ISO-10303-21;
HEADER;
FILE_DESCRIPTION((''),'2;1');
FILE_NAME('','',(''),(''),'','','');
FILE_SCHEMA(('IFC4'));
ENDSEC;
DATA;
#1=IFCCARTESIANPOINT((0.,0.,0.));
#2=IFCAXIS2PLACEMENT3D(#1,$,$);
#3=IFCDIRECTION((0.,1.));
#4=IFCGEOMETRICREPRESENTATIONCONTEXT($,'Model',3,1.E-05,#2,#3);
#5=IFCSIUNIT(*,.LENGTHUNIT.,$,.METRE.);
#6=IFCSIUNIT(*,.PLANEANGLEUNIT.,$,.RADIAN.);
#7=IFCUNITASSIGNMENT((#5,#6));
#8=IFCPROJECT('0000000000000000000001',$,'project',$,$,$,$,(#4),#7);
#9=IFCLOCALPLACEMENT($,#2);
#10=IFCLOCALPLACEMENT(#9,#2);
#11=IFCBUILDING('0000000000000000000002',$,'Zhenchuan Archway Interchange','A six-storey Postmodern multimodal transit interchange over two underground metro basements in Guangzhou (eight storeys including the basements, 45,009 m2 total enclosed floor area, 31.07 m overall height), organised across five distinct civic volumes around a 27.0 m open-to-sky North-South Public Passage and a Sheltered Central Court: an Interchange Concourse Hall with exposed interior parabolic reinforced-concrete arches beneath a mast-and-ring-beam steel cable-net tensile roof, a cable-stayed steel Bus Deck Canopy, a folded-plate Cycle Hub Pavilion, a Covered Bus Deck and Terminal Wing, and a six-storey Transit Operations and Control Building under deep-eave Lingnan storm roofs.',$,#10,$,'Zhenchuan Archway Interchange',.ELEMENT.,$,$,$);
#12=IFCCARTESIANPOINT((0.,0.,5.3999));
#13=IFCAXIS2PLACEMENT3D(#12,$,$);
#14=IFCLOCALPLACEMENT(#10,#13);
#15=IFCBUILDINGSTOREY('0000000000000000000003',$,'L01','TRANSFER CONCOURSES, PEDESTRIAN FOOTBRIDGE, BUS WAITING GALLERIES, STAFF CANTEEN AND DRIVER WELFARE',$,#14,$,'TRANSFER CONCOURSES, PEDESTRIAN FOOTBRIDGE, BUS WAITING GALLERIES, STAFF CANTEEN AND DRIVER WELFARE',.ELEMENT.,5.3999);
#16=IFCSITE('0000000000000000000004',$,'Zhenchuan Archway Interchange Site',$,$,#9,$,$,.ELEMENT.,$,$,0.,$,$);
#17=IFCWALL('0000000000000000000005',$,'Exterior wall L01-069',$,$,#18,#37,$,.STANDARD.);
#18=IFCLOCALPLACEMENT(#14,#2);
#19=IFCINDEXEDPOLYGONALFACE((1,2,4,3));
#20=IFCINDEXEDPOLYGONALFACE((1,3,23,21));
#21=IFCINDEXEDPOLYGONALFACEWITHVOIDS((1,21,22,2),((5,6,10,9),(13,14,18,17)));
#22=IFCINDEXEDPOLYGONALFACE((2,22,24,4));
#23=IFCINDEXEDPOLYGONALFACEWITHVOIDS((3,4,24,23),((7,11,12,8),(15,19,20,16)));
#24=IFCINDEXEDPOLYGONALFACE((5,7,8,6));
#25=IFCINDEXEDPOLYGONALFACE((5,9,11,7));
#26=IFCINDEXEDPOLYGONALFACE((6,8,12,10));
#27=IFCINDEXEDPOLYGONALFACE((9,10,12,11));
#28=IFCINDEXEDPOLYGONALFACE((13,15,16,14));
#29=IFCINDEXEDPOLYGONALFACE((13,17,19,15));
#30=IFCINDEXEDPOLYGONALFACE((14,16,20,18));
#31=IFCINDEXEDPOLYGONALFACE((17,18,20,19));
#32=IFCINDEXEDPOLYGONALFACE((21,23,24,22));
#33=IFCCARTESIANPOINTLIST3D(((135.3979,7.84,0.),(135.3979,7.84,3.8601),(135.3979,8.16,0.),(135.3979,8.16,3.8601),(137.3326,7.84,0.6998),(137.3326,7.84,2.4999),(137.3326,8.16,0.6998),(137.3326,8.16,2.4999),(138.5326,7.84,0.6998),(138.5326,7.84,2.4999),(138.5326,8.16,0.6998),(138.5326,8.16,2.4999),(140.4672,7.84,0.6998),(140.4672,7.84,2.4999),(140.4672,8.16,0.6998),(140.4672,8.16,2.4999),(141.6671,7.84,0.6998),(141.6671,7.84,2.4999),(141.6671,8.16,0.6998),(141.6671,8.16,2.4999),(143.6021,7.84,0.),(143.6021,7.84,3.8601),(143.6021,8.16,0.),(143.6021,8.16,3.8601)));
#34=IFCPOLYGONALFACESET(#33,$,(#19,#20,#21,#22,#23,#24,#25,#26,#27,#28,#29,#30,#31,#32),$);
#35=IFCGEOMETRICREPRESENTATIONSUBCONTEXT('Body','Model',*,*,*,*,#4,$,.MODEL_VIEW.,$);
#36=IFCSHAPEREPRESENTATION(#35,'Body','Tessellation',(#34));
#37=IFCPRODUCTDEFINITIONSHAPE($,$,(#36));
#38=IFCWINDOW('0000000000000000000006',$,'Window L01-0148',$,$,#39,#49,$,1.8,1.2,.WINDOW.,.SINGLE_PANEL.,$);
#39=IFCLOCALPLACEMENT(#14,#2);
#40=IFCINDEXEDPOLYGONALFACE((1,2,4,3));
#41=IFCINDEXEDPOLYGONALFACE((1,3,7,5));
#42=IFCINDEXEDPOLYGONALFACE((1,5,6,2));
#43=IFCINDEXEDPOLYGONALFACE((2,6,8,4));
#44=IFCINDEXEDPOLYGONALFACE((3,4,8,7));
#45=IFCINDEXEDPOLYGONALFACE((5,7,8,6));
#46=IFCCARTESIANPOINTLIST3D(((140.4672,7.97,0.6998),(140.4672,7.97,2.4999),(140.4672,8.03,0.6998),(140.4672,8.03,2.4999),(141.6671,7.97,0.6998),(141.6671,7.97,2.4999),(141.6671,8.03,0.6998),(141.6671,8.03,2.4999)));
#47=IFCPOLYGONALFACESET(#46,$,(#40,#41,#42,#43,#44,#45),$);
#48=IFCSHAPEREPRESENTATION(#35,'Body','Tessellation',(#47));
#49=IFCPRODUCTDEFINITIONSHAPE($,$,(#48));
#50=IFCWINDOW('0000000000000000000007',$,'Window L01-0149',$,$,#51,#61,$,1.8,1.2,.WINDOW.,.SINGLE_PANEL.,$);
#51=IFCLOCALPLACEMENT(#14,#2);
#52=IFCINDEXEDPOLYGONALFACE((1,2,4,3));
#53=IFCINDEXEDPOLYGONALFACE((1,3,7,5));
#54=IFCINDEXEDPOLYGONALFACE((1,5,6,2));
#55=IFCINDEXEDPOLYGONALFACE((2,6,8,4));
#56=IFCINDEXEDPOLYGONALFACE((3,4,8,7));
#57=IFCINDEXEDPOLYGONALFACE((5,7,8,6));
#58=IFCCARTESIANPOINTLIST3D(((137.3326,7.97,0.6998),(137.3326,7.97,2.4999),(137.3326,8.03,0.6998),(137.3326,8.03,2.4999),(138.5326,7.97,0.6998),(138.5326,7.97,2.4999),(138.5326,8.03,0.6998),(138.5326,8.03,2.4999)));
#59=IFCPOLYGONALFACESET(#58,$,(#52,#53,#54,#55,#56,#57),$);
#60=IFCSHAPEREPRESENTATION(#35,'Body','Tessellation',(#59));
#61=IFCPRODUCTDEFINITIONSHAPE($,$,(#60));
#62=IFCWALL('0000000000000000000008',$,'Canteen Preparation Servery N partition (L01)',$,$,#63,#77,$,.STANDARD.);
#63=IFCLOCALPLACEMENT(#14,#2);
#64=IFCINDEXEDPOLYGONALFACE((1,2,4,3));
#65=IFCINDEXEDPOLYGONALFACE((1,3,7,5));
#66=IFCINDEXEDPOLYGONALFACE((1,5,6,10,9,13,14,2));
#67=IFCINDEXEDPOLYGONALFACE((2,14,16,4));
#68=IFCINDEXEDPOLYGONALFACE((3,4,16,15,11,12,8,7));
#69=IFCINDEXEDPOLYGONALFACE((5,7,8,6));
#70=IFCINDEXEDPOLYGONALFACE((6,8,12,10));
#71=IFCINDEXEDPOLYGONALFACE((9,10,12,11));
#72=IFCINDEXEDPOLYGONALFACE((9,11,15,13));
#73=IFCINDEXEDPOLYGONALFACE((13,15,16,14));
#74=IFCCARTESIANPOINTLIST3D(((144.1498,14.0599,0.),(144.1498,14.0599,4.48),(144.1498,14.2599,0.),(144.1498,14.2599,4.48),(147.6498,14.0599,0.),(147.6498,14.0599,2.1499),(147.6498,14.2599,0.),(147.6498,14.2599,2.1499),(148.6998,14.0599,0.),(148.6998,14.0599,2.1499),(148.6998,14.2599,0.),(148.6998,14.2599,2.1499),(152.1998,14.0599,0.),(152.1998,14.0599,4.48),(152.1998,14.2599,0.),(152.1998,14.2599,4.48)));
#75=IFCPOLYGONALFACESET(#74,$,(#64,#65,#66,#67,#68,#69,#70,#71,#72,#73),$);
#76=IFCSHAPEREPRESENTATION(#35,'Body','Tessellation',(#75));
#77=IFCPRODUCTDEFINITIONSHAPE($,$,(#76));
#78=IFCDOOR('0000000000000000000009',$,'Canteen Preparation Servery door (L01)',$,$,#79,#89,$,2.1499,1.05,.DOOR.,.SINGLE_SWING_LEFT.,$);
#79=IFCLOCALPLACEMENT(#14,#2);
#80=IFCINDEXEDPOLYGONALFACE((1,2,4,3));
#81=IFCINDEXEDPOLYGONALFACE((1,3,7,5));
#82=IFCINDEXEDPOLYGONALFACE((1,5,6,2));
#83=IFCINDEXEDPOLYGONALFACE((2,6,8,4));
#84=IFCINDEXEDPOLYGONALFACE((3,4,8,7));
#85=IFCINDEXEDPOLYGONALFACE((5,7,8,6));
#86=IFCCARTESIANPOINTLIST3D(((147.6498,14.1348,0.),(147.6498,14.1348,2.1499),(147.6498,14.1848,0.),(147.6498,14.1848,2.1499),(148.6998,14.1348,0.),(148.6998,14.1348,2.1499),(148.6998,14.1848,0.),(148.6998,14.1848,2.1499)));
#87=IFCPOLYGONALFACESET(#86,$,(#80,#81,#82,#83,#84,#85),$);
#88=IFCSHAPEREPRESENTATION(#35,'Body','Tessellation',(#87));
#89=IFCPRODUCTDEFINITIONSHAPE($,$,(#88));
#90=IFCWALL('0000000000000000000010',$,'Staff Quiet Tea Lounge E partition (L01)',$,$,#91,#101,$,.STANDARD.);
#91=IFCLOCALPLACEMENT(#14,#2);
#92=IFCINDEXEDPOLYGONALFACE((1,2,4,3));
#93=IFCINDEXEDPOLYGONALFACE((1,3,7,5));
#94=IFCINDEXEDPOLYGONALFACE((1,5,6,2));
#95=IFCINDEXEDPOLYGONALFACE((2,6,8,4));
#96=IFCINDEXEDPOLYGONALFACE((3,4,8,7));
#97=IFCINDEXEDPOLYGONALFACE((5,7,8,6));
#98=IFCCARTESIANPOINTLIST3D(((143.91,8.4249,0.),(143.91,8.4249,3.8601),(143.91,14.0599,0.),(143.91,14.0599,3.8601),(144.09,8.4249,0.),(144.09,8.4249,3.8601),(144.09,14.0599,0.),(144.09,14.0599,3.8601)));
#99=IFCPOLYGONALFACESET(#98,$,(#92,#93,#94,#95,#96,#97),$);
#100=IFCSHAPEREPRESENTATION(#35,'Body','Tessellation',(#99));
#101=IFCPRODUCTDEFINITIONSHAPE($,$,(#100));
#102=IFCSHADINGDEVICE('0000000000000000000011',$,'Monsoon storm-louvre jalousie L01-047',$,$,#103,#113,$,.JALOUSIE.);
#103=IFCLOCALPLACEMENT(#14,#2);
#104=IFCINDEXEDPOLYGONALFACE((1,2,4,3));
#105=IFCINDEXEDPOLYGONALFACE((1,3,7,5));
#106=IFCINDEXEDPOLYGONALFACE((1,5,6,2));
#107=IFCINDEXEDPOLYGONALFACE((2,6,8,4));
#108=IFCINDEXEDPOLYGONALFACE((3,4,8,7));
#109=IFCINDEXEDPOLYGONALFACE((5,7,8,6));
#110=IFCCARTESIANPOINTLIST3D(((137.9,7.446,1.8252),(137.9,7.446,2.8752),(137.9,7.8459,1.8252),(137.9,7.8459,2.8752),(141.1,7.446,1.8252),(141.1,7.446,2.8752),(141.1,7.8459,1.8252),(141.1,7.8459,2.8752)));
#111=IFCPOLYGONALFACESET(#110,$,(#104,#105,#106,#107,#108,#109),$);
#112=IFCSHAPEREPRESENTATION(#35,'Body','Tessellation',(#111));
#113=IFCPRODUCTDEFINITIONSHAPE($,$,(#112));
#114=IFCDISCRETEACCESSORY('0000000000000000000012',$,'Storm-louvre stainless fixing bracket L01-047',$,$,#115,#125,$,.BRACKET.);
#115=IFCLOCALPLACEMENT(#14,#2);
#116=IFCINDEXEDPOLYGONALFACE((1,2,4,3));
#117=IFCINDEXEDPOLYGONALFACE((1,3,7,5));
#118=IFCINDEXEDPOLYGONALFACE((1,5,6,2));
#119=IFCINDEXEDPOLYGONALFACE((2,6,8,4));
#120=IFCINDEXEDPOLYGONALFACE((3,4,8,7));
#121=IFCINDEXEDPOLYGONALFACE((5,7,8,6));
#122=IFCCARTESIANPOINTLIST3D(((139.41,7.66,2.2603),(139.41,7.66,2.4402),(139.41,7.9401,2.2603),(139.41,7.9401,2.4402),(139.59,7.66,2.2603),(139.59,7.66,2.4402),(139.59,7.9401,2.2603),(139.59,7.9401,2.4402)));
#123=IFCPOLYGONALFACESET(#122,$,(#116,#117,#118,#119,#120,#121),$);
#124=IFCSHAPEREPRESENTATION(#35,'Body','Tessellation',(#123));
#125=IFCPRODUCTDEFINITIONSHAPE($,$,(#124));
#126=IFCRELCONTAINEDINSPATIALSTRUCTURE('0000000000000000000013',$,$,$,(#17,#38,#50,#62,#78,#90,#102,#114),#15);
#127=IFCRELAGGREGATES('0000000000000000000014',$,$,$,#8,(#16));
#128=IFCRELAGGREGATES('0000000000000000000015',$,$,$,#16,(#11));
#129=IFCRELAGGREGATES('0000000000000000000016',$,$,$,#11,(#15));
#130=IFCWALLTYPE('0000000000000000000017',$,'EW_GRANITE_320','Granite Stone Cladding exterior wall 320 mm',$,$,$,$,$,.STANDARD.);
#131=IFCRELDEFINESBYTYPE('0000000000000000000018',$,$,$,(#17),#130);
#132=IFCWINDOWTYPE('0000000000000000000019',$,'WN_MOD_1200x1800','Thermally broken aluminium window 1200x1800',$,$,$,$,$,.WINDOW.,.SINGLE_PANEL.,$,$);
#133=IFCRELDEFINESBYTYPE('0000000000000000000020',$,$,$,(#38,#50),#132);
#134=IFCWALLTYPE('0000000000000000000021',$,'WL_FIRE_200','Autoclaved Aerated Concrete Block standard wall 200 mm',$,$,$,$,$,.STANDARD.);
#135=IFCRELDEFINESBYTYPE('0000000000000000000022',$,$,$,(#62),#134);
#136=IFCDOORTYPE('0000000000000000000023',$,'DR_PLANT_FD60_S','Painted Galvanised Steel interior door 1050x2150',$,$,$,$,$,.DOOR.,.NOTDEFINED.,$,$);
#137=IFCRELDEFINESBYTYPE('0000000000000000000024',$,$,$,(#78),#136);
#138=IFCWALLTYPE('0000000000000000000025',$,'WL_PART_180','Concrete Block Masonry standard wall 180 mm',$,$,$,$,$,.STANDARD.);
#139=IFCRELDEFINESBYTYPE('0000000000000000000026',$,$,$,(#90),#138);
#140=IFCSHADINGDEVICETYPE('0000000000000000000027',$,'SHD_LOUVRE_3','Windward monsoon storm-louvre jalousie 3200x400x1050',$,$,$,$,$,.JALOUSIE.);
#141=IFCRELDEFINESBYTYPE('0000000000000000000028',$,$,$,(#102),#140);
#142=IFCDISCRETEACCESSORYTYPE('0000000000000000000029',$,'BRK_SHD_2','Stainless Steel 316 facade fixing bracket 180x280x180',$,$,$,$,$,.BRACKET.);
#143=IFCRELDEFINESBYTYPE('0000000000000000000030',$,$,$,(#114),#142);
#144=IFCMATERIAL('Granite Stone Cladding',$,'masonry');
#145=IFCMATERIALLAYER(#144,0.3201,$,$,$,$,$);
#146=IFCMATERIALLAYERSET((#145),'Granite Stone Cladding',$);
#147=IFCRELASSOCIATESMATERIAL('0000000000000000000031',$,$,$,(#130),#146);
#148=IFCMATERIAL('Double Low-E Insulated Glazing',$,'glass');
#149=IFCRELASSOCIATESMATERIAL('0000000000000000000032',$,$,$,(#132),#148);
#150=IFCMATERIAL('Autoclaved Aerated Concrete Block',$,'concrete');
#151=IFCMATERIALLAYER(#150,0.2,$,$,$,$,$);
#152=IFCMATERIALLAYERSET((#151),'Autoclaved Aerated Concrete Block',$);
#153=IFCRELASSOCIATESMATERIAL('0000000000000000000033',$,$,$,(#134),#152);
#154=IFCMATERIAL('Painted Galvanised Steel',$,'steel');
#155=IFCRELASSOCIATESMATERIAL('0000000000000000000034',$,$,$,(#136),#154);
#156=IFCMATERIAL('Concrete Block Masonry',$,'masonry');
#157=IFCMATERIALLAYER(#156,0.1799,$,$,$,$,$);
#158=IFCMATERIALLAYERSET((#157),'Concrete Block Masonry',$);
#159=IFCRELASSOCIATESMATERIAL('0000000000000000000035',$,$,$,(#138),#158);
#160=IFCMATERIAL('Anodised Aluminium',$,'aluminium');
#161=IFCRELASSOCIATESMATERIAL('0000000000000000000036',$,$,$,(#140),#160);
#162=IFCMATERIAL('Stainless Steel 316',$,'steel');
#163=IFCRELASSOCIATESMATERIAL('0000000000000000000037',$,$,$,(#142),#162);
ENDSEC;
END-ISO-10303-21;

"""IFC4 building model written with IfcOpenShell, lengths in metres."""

from ifc_helpers import new_model, si_unit, direction, frame, frame_2d, origin, origin_2d, place, context, subcontext, project, spatial, rectangle, extrude, material, layer, layer_set, type_object, element, fill, save


model = new_model("IFC4")

# Units and contexts
model_context = context("Model", 3, precision=1e-05, world=origin(), true_north=direction((0.0, 1.0)))
body_context = subcontext(model_context, "Body", "Model", "MODEL_VIEW")
ifc_project = project(units=[si_unit("LENGTHUNIT", "METRE"), si_unit("PLANEANGLEUNIT", "RADIAN")], contexts=[model_context])

# Site, building, storey
site_placement = place(None, origin())
site = spatial("IfcSite", under=ifc_project, at=site_placement, Name="Zhenchuan Archway Interchange Site", CompositionType="ELEMENT", RefElevation=0.0)
building_placement = place(site_placement, origin())
building = spatial("IfcBuilding", under=site, at=building_placement, Name="Zhenchuan Archway Interchange", Description="A six-storey Postmodern multimodal transit interchange over two underground metro basements in Guangzhou (eight storeys including the basements, 45,009 m2 total enclosed floor area, 31.07 m overall height), organised across five distinct civic volumes around a 27.0 m open-to-sky North-South Public Passage and a Sheltered Central Court: an Interchange Concourse Hall with exposed interior parabolic reinforced-concrete arches beneath a mast-and-ring-beam steel cable-net tensile roof, a cable-stayed steel Bus Deck Canopy, a folded-plate Cycle Hub Pavilion, a Covered Bus Deck and Terminal Wing, and a six-storey Transit Operations and Control Building under deep-eave Lingnan storm roofs.", LongName="Zhenchuan Archway Interchange", CompositionType="ELEMENT")
storey_placement = place(building_placement, frame((0.0, 0.0, 5.3999)))
storey = spatial("IfcBuildingStorey", under=building, at=storey_placement, Name="L01", Description="TRANSFER CONCOURSES, PEDESTRIAN FOOTBRIDGE, BUS WAITING GALLERIES, STAFF CANTEEN AND DRIVER WELFARE", LongName="TRANSFER CONCOURSES, PEDESTRIAN FOOTBRIDGE, BUS WAITING GALLERIES, STAFF CANTEEN AND DRIVER WELFARE", CompositionType="ELEMENT", Elevation=5.3999)

# Shared definitions
ifc_material_1 = material(Name="Anodised Aluminium", Category="aluminium")

# Shared definitions
ifc_material_2 = material(Name="Double Low-E Insulated Glazing", Category="glass")

# Wall, openings, windows
ifc_material_3 = material(Name="Granite Stone Cladding", Category="masonry")
ifc_layer_1 = layer(ifc_material_3, 0.3201)
ifc_layer_set_1 = layer_set([ifc_layer_1], Name="Granite Stone Cladding")
wall_type_1 = type_object("IfcWallType", Name="EW_GRANITE_320", Description="Granite Stone Cladding exterior wall 320 mm", PredefinedType="STANDARD", material=ifc_layer_set_1)
wall_1_placement = place(storey_placement, frame((143.6021, 8.0, 0.0), z_axis=(0.0, 0.0, 1.0), x_axis=(-1.0, 0.0, 0.0)))
wall_1 = element("IfcWall", 1, at=wall_1_placement, inside=storey, type_object=wall_type_1, Name="Exterior wall L01-069", PredefinedType="STANDARD", context=body_context, shape_type="SweptSolid", body=[
    extrude(rectangle(XDim=8.2041, YDim=0.3201, at=frame_2d((4.1021, 0.0))), origin(), (0.0, 0.0, 1.0), 3.8601),
])
opening_1_placement = place(wall_1_placement, frame((1.9348, 0.0, 0.7)))
opening_1 = element("IfcOpeningElement", 2, at=opening_1_placement, cuts=wall_1, PredefinedType="OPENING", context=body_context, shape_type="SweptSolid", body=[
    extrude(rectangle(XDim=1.2, YDim=1.8, at=frame_2d((0.6001, 0.8999))), frame((0.0, 0.1719, 0.0), z_axis=(0.0, -1.0, 0.0), x_axis=(1.0, 0.0, 0.0)), (0.0, 0.0, 1.0), 0.344),
])
opening_2_placement = place(wall_1_placement, frame((5.0693, 0.0, 0.7)))
opening_2 = element("IfcOpeningElement", 3, at=opening_2_placement, cuts=wall_1, PredefinedType="OPENING", context=body_context, shape_type="SweptSolid", body=[
    extrude(rectangle(XDim=1.2, YDim=1.8, at=frame_2d((0.6001, 0.8999))), frame((0.0, 0.1719, 0.0), z_axis=(0.0, -1.0, 0.0), x_axis=(1.0, 0.0, 0.0)), (0.0, 0.0, 1.0), 0.344),
])
window_type = type_object("IfcWindowType", Name="WN_MOD_1200x1800", Description="Thermally broken aluminium window 1200x1800", PartitioningType="SINGLE_PANEL", PredefinedType="WINDOW", material=ifc_material_2)
window_1_placement = place(opening_1_placement, origin())
window_1 = element("IfcWindow", 4, at=window_1_placement, inside=storey, type_object=window_type, Name="Window L01-0148", OverallHeight=1.8, OverallWidth=1.2, PartitioningType="SINGLE_PANEL", PredefinedType="WINDOW", context=body_context, shape_type="SweptSolid", body=[
    extrude(rectangle(XDim=1.2, YDim=1.8, at=frame_2d((0.6001, 0.8999))), frame((0.0, 0.03, 0.0), z_axis=(0.0, -1.0, 0.0), x_axis=(1.0, 0.0, 0.0)), (0.0, 0.0, 1.0), 0.0601),
])
fill(opening_1, window_1)
window_2_placement = place(opening_2_placement, origin())
window_2 = element("IfcWindow", 5, at=window_2_placement, inside=storey, type_object=window_type, Name="Window L01-0149", OverallHeight=1.8, OverallWidth=1.2, PartitioningType="SINGLE_PANEL", PredefinedType="WINDOW", context=body_context, shape_type="SweptSolid", body=[
    extrude(rectangle(XDim=1.2, YDim=1.8, at=frame_2d((0.6001, 0.8999))), frame((0.0, 0.03, 0.0), z_axis=(0.0, -1.0, 0.0), x_axis=(1.0, 0.0, 0.0)), (0.0, 0.0, 1.0), 0.0601),
])
fill(opening_2, window_2)

# Wall, opening, door
ifc_material_4 = material(Name="Autoclaved Aerated Concrete Block", Category="concrete")
ifc_layer_2 = layer(ifc_material_4, 0.2)
ifc_layer_set_2 = layer_set([ifc_layer_2], Name="Autoclaved Aerated Concrete Block")
wall_type_2 = type_object("IfcWallType", Name="WL_FIRE_200", Description="Autoclaved Aerated Concrete Block standard wall 200 mm", PredefinedType="STANDARD", material=ifc_layer_set_2)
wall_2_placement = place(storey_placement, frame((144.1499, 14.1599, 0.0), z_axis=(0.0, 0.0, 1.0), x_axis=(1.0, 0.0, 0.0)))
wall_2 = element("IfcWall", 6, at=wall_2_placement, inside=storey, type_object=wall_type_2, Name="Canteen Preparation Servery N partition (L01)", PredefinedType="STANDARD", context=body_context, shape_type="SweptSolid", body=[
    extrude(rectangle(XDim=8.05, YDim=0.2, at=frame_2d((4.0249, 0.0))), origin(), (0.0, 0.0, 1.0), 4.48),
])
opening_3_placement = place(wall_2_placement, frame((3.5, 0.0, 0.0)))
opening_3 = element("IfcOpeningElement", 7, at=opening_3_placement, cuts=wall_2, PredefinedType="OPENING", context=body_context, shape_type="SweptSolid", body=[
    extrude(rectangle(XDim=1.05, YDim=2.1499, at=frame_2d((0.5249, 1.075))), frame((0.0, 0.1118, 0.0), z_axis=(0.0, -1.0, 0.0), x_axis=(1.0, 0.0, 0.0)), (0.0, 0.0, 1.0), 0.2239),
])
ifc_material_5 = material(Name="Painted Galvanised Steel", Category="steel")
door_type = type_object("IfcDoorType", Name="DR_PLANT_FD60_S", Description="Painted Galvanised Steel interior door 1050x2150", OperationType="NOTDEFINED", PredefinedType="DOOR", material=ifc_material_5)
door_placement = place(opening_3_placement, origin())
door = element("IfcDoor", 8, at=door_placement, inside=storey, type_object=door_type, Name="Canteen Preparation Servery door (L01)", OperationType="SINGLE_SWING_LEFT", OverallHeight=2.1499, OverallWidth=1.05, PredefinedType="DOOR", context=body_context, shape_type="SweptSolid", body=[
    extrude(rectangle(XDim=1.05, YDim=2.1499, at=frame_2d((0.5249, 1.075))), frame((0.0, 0.0249, 0.0), z_axis=(0.0, -1.0, 0.0), x_axis=(1.0, 0.0, 0.0)), (0.0, 0.0, 1.0), 0.05),
])
fill(opening_3, door)

# Wall
ifc_material_6 = material(Name="Concrete Block Masonry", Category="masonry")
ifc_layer_3 = layer(ifc_material_6, 0.1799)
ifc_layer_set_3 = layer_set([ifc_layer_3], Name="Concrete Block Masonry")
wall_type_3 = type_object("IfcWallType", Name="WL_PART_180", Description="Concrete Block Masonry standard wall 180 mm", PredefinedType="STANDARD", material=ifc_layer_set_3)
wall_3_placement = place(storey_placement, frame((144.0, 8.425, 0.0), z_axis=(0.0, 0.0, 1.0), x_axis=(0.0, 1.0, 0.0)))
element("IfcWall", 9, at=wall_3_placement, inside=storey, type_object=wall_type_3, Name="Staff Quiet Tea Lounge E partition (L01)", PredefinedType="STANDARD", context=body_context, shape_type="SweptSolid", body=[
    extrude(rectangle(XDim=5.635, YDim=0.1799, at=frame_2d((2.8174, 0.0))), origin(), (0.0, 0.0, 1.0), 3.8601),
])

# Shading device
shading_device_type = type_object("IfcShadingDeviceType", Name="SHD_LOUVRE_3", Description="Windward monsoon storm-louvre jalousie 3200x400x1050", PredefinedType="JALOUSIE", material=ifc_material_1)
shading_device_placement = place(storey_placement, frame((139.5, 7.646, 1.8252), z_axis=(0.0, 0.0, 1.0), x_axis=(-1.0, 0.0, 0.0)))
element("IfcShadingDevice", 10, at=shading_device_placement, inside=storey, type_object=shading_device_type, Name="Monsoon storm-louvre jalousie L01-047", PredefinedType="JALOUSIE", context=body_context, shape_type="SweptSolid", body=[
    extrude(rectangle(XDim=3.2, YDim=0.3999, at=origin_2d()), origin(), (0.0, 0.0, 1.0), 1.05),
])

# Discrete accessory
ifc_material_7 = material(Name="Stainless Steel 316", Category="steel")
discrete_accessory_type = type_object("IfcDiscreteAccessoryType", Name="BRK_SHD_2", Description="Stainless Steel 316 facade fixing bracket 180x280x180", PredefinedType="BRACKET", material=ifc_material_7)
discrete_accessory_placement = place(storey_placement, frame((139.5, 7.8, 2.2603), z_axis=(0.0, 0.0, 1.0), x_axis=(-1.0, 0.0, 0.0)))
element("IfcDiscreteAccessory", 11, at=discrete_accessory_placement, inside=storey, type_object=discrete_accessory_type, Name="Storm-louvre stainless fixing bracket L01-047", PredefinedType="BRACKET", context=body_context, shape_type="SweptSolid", body=[
    extrude(rectangle(XDim=0.1799, YDim=0.28, at=origin_2d()), origin(), (0.0, 0.0, 1.0), 0.1799),
])

save(model, "model.ifc")
